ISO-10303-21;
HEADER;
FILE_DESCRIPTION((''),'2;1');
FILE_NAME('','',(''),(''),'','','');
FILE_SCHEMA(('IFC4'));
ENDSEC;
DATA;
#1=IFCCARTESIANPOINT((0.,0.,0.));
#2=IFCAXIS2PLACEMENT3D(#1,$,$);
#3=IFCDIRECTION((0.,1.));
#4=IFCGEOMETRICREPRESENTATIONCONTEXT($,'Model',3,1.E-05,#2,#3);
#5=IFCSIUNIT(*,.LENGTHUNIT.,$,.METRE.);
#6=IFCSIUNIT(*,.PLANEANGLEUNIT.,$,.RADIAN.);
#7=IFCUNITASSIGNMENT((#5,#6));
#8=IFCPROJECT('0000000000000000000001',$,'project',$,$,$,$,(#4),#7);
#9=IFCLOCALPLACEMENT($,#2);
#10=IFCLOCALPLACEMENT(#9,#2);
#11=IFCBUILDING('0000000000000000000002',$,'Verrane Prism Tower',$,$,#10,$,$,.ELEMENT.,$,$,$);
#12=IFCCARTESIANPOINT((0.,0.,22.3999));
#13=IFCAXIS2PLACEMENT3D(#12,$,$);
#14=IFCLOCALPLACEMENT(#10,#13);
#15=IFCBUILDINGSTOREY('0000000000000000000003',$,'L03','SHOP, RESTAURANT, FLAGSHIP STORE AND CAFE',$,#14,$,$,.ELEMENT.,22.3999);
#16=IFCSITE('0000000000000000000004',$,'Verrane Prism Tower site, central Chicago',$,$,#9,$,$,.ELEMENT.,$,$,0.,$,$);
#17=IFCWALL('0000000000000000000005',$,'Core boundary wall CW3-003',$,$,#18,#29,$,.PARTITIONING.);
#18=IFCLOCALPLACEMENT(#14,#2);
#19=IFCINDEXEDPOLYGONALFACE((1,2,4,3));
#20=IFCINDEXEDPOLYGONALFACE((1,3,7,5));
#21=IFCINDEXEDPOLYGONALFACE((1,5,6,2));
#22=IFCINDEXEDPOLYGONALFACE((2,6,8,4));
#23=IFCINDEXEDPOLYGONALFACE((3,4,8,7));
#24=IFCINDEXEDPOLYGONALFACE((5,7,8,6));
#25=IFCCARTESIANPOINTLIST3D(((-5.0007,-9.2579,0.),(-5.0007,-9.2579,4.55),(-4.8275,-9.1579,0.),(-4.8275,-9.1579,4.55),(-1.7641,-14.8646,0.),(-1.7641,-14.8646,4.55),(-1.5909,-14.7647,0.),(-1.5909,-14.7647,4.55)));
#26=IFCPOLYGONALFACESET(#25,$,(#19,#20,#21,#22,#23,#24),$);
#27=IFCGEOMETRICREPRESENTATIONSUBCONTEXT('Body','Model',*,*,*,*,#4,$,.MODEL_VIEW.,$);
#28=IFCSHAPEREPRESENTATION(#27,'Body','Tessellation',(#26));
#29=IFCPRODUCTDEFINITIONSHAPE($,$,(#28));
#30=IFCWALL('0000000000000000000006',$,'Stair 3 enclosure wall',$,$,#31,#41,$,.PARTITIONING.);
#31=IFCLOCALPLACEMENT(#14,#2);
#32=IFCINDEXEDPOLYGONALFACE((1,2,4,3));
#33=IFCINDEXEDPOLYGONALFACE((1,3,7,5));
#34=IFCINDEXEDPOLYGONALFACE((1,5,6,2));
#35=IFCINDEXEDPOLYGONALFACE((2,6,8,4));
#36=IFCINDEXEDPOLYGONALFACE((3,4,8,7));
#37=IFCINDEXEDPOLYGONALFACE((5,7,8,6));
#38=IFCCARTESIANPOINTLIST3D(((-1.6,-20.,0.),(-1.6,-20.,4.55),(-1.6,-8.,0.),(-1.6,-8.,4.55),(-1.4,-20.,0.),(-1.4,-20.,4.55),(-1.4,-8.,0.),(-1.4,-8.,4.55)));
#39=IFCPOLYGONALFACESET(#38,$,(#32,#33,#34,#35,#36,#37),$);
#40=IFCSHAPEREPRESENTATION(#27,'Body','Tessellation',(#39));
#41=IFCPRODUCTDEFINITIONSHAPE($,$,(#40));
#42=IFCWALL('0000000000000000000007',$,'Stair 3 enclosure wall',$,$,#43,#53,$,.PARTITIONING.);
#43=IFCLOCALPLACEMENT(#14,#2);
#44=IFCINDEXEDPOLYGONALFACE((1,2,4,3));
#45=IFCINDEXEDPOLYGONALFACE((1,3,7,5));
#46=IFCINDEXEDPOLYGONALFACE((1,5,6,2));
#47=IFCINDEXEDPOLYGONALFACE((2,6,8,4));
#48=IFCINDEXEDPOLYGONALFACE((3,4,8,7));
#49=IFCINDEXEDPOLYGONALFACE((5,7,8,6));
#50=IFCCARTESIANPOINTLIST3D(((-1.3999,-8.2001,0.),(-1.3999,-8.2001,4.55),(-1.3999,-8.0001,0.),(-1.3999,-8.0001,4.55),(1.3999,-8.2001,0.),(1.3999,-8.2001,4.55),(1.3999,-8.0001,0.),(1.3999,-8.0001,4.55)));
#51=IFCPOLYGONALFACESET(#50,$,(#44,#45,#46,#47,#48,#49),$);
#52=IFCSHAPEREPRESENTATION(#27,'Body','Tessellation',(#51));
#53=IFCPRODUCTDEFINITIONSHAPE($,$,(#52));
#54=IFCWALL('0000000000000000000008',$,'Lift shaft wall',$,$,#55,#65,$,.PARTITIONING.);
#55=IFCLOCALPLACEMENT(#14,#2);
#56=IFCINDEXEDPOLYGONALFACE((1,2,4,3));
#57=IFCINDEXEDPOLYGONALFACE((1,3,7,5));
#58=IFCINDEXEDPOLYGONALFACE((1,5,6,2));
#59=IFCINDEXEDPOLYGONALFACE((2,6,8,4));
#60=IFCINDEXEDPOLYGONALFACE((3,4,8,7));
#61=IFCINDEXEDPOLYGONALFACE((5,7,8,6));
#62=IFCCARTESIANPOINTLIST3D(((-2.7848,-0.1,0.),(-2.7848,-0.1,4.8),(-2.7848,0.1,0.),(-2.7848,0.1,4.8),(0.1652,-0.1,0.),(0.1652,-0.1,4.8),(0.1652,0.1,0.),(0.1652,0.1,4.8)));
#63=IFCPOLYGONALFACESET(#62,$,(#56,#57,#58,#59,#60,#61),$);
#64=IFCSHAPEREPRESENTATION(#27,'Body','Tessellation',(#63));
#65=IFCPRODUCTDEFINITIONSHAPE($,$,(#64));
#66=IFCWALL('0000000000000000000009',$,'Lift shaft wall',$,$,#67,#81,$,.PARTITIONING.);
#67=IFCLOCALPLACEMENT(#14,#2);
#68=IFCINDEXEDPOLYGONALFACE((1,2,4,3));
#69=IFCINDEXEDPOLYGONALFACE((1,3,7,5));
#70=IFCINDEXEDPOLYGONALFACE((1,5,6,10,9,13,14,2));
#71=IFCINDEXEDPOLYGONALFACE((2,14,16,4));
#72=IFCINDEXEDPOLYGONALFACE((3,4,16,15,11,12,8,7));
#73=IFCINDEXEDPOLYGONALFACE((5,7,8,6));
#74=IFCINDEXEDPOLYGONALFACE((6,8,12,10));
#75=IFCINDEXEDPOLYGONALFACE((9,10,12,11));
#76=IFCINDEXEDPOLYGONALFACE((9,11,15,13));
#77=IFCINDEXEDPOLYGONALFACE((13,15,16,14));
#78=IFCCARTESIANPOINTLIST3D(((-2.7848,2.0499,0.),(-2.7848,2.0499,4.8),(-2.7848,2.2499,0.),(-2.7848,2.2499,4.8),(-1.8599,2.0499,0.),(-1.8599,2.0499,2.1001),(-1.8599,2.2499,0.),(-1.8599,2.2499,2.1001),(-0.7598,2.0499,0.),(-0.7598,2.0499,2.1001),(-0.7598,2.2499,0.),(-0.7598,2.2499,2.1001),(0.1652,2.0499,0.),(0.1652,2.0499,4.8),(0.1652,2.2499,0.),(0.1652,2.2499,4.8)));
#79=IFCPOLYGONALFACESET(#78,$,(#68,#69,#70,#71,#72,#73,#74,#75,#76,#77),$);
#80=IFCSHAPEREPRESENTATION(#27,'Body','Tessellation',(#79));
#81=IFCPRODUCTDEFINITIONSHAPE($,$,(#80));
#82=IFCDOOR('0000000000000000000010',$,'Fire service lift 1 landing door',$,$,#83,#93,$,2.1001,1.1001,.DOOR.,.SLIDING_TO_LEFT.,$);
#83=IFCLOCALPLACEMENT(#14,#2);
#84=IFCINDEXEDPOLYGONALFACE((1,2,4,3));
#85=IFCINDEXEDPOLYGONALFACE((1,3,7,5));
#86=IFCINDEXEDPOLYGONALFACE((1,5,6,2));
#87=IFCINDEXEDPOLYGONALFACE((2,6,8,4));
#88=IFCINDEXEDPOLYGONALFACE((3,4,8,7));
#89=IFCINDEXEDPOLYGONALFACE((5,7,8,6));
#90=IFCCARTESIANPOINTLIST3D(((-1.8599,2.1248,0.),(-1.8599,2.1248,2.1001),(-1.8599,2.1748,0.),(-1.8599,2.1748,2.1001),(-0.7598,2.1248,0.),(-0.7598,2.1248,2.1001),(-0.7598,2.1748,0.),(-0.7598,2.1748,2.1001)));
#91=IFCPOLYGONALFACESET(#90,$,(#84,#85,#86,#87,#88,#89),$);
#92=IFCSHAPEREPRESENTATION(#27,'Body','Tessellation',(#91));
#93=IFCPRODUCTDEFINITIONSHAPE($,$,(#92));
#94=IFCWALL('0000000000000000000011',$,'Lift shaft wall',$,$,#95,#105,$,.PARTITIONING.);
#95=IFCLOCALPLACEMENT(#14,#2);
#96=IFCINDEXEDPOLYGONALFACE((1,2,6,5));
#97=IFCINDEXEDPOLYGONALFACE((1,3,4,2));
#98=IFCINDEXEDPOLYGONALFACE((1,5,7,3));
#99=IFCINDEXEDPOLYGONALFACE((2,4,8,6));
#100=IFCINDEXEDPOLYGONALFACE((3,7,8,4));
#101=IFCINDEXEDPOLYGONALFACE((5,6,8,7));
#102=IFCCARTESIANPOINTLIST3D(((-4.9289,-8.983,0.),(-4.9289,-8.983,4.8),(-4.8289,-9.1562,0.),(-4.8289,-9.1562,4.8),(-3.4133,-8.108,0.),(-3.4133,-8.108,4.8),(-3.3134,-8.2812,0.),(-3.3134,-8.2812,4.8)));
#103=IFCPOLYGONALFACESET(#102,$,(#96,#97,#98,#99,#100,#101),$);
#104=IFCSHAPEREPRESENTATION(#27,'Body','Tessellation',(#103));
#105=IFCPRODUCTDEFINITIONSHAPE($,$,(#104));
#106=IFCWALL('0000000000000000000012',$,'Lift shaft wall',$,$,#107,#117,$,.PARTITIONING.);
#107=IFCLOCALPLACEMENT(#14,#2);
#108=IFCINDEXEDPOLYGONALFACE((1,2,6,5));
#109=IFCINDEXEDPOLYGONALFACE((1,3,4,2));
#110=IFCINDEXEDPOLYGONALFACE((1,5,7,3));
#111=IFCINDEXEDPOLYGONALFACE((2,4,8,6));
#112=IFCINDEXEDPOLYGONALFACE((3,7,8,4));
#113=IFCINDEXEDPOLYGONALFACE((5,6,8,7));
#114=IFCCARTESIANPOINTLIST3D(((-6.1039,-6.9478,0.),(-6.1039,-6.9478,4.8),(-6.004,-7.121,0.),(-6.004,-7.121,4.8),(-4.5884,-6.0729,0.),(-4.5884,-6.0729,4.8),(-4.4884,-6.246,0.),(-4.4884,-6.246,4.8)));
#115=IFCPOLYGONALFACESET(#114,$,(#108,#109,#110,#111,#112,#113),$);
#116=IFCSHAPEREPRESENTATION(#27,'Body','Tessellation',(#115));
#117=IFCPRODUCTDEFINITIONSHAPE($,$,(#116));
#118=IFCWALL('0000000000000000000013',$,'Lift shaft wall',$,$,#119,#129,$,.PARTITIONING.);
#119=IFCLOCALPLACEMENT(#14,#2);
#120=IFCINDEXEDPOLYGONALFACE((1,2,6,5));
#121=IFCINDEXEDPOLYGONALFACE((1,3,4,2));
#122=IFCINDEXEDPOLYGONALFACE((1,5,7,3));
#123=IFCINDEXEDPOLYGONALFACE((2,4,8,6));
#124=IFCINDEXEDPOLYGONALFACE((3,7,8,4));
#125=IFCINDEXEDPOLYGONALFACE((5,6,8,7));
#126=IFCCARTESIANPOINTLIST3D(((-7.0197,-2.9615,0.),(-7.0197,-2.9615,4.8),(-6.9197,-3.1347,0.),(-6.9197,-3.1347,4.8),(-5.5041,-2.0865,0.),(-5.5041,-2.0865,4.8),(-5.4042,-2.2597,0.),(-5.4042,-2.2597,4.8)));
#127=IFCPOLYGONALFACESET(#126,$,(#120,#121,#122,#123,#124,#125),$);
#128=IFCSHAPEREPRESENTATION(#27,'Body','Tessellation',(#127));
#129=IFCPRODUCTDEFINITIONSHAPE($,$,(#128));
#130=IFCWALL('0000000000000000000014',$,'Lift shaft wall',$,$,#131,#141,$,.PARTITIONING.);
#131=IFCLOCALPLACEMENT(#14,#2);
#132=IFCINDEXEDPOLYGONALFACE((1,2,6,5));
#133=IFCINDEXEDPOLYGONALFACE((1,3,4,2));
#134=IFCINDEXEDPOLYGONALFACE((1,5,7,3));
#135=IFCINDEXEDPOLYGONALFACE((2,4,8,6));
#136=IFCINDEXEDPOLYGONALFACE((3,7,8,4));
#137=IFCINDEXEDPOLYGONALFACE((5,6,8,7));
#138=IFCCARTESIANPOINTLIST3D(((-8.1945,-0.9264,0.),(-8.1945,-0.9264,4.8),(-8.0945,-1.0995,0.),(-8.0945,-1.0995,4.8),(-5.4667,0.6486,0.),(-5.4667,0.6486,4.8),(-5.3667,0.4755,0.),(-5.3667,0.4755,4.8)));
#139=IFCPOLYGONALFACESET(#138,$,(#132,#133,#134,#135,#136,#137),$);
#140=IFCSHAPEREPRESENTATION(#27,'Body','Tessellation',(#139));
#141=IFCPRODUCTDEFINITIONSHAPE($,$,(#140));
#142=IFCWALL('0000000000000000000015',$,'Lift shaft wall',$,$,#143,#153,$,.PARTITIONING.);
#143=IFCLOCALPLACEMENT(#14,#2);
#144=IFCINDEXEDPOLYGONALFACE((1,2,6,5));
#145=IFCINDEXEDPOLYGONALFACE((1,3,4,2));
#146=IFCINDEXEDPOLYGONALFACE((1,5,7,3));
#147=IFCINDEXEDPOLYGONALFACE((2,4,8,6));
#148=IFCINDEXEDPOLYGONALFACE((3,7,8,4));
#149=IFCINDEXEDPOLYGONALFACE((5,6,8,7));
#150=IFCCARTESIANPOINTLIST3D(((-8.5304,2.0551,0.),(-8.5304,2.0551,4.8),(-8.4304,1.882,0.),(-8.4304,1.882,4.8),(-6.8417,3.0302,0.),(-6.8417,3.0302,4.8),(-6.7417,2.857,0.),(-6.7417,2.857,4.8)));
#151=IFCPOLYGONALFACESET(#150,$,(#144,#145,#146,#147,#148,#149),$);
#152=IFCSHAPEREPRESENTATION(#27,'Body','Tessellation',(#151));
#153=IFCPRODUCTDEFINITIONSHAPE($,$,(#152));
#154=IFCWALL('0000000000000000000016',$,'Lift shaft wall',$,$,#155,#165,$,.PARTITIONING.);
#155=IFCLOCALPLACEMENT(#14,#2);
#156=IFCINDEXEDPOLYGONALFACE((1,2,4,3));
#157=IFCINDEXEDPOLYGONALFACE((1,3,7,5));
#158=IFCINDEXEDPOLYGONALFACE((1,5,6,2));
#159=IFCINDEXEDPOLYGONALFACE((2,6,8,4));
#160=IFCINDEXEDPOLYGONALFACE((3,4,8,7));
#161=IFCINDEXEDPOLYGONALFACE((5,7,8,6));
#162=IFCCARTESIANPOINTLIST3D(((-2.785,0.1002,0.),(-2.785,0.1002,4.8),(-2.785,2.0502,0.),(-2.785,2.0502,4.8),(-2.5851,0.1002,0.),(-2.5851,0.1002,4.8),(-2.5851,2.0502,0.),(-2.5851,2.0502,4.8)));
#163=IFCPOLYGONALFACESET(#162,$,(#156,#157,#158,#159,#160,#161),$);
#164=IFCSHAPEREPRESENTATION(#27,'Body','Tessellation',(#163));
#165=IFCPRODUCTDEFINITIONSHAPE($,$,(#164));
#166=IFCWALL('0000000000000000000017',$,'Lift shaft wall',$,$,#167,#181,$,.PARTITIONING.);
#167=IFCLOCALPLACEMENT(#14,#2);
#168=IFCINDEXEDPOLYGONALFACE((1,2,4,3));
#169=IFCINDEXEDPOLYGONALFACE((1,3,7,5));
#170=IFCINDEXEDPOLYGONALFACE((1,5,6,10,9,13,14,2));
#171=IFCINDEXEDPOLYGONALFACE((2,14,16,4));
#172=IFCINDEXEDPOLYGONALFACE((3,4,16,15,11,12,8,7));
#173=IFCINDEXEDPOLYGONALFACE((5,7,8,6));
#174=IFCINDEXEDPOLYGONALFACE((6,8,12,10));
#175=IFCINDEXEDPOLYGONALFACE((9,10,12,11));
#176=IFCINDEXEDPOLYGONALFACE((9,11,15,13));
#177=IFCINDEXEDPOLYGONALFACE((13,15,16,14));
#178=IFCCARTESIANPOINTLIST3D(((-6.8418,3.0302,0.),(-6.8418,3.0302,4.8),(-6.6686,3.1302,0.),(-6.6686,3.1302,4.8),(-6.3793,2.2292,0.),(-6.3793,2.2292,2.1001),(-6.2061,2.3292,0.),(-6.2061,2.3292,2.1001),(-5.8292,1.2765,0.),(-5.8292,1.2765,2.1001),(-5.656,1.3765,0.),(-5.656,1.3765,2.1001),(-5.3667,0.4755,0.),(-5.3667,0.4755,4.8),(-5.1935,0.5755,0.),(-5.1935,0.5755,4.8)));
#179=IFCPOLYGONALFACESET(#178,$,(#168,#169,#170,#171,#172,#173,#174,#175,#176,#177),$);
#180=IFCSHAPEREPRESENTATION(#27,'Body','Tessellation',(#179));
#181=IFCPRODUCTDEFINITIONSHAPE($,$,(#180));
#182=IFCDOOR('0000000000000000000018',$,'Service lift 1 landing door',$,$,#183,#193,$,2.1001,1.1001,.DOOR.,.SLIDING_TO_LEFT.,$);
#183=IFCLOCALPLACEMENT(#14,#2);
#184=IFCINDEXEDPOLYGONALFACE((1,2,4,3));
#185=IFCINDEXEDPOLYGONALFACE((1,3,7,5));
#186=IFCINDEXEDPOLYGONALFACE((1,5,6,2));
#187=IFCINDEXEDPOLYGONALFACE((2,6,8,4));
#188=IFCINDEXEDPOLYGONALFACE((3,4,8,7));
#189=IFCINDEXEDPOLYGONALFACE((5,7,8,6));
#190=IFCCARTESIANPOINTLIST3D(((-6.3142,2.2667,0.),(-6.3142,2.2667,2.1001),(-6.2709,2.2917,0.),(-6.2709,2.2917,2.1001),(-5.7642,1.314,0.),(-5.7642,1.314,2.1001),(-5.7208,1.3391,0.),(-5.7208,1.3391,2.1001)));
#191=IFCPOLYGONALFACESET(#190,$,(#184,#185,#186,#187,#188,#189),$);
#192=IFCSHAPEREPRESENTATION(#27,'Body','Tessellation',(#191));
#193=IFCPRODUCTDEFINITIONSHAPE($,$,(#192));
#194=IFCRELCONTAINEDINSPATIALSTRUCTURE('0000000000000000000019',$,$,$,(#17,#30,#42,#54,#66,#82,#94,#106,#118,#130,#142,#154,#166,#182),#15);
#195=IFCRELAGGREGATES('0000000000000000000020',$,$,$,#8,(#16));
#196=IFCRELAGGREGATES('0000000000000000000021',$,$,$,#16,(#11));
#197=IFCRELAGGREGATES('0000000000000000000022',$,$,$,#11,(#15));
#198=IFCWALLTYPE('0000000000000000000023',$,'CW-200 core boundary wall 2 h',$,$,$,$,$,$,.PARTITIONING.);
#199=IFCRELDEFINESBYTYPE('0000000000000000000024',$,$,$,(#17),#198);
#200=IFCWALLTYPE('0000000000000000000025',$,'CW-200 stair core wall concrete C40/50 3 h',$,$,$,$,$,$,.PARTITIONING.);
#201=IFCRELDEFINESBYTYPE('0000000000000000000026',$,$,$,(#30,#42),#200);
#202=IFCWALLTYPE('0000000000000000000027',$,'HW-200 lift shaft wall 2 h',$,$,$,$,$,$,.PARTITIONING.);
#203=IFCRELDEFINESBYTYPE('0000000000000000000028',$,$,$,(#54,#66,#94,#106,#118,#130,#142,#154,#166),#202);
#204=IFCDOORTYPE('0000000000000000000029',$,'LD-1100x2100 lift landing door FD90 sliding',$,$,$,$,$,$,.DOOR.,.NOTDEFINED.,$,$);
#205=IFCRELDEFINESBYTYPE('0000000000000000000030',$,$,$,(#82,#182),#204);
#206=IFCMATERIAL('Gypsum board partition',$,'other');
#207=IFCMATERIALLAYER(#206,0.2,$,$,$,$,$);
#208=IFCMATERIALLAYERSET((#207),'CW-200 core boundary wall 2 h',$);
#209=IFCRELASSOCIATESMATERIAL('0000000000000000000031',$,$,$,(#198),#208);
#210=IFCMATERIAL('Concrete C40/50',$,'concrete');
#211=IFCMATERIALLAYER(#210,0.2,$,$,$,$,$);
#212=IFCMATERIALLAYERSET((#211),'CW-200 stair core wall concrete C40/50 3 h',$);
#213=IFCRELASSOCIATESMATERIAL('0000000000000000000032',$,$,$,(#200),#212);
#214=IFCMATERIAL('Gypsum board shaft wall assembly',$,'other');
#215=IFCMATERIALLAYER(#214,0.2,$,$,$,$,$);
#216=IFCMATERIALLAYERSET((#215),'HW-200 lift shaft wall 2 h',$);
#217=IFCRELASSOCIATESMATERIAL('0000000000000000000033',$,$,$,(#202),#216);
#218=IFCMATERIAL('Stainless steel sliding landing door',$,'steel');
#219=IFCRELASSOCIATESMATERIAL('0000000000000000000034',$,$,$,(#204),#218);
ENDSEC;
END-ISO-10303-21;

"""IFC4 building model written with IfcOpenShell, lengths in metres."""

from ifc_helpers import new_model, si_unit, direction, frame, frame_2d, origin, place, context, subcontext, project, spatial, rectangle, extrude, material, layer, layer_set, type_object, element, fill, save


model = new_model("IFC4")

# Units and contexts
model_context = context("Model", 3, precision=1e-05, world=origin(), true_north=direction((0.0, 1.0)))
body_context = subcontext(model_context, "Body", "Model", "MODEL_VIEW")
ifc_project = project(units=[si_unit("LENGTHUNIT", "METRE"), si_unit("PLANEANGLEUNIT", "RADIAN")], contexts=[model_context])

# Site, building, storey
site_placement = place(None, origin())
site = spatial("IfcSite", under=ifc_project, at=site_placement, Name="Verrane Prism Tower site, central Chicago", CompositionType="ELEMENT", RefElevation=0.0)
building_placement = place(site_placement, origin())
building = spatial("IfcBuilding", under=site, at=building_placement, Name="Verrane Prism Tower", CompositionType="ELEMENT")
storey_placement = place(building_placement, frame((0.0, 0.0, 22.3999)))
storey = spatial("IfcBuildingStorey", under=building, at=storey_placement, Name="L03", Description="SHOP, RESTAURANT, FLAGSHIP STORE AND CAFE", CompositionType="ELEMENT", Elevation=22.3999)

# Walls
ifc_material_1 = material(Name="Gypsum board partition", Category="other")
ifc_layer_1 = layer(ifc_material_1, 0.2)
ifc_layer_set_1 = layer_set([ifc_layer_1], Name="CW-200 core boundary wall 2 h")
wall_type_1 = type_object("IfcWallType", Name="CW-200 core boundary wall 2 h", PredefinedType="PARTITIONING", material=ifc_layer_set_1)
wall_1_placement = place(storey_placement, frame((-4.9141, -9.208, 0.0), z_axis=(0.0, 0.0, 1.0), x_axis=(0.499948, -0.866056, 0.0)))
element("IfcWall", 1, at=wall_1_placement, inside=storey, type_object=wall_type_1, Name="Core boundary wall CW3-003", PredefinedType="PARTITIONING", context=body_context, shape_type="SweptSolid", body=[
    extrude(rectangle(XDim=6.4739, YDim=0.2, at=frame_2d((3.2368, 0.0))), origin(), (0.0, 0.0, 1.0), 4.55),
])
ifc_material_2 = material(Name="Concrete C40/50", Category="concrete")
ifc_layer_2 = layer(ifc_material_2, 0.2)
ifc_layer_set_2 = layer_set([ifc_layer_2], Name="CW-200 stair core wall concrete C40/50 3 h")
wall_type_2 = type_object("IfcWallType", Name="CW-200 stair core wall concrete C40/50 3 h", PredefinedType="PARTITIONING", material=ifc_layer_set_2)
wall_2_placement = place(storey_placement, frame((-1.5, -8.0, 0.0), z_axis=(0.0, 0.0, 1.0), x_axis=(0.0, -1.0, 0.0)))
element("IfcWall", 2, at=wall_2_placement, inside=storey, type_object=wall_type_2, Name="Stair 3 enclosure wall", PredefinedType="PARTITIONING", context=body_context, shape_type="SweptSolid", body=[
    extrude(rectangle(XDim=12.0, YDim=0.2, at=frame_2d((6.0, 0.0))), origin(), (0.0, 0.0, 1.0), 4.55),
])
wall_3_placement = place(storey_placement, frame((-1.3999, -8.1001, 0.0), z_axis=(0.0, 0.0, 1.0), x_axis=(1.0, 0.0, 0.0)))
element("IfcWall", 3, at=wall_3_placement, inside=storey, type_object=wall_type_2, Name="Stair 3 enclosure wall", PredefinedType="PARTITIONING", context=body_context, shape_type="SweptSolid", body=[
    extrude(rectangle(XDim=2.7998, YDim=0.2, at=frame_2d((1.3999, 0.0))), origin(), (0.0, 0.0, 1.0), 4.55),
])
ifc_material_3 = material(Name="Gypsum board shaft wall assembly", Category="other")
ifc_layer_3 = layer(ifc_material_3, 0.2)
ifc_layer_set_3 = layer_set([ifc_layer_3], Name="HW-200 lift shaft wall 2 h")
wall_type_3 = type_object("IfcWallType", Name="HW-200 lift shaft wall 2 h", PredefinedType="PARTITIONING", material=ifc_layer_set_3)
wall_4_placement = place(storey_placement, frame((-2.7849, 0.0, 0.0), z_axis=(0.0, 0.0, 1.0), x_axis=(1.0, 0.0, 0.0)))
element("IfcWall", 4, at=wall_4_placement, inside=storey, type_object=wall_type_3, Name="Lift shaft wall", PredefinedType="PARTITIONING", context=body_context, shape_type="SweptSolid", body=[
    extrude(rectangle(XDim=2.95, YDim=0.2, at=frame_2d((1.4751, 0.0))), origin(), (0.0, 0.0, 1.0), 4.8),
])

# Wall, opening, door
wall_5_placement = place(storey_placement, frame((-2.7849, 2.1499, 0.0), z_axis=(0.0, 0.0, 1.0), x_axis=(1.0, 0.0, 0.0)))
wall_5 = element("IfcWall", 5, at=wall_5_placement, inside=storey, type_object=wall_type_3, Name="Lift shaft wall", PredefinedType="PARTITIONING", context=body_context, shape_type="SweptSolid", body=[
    extrude(rectangle(XDim=2.95, YDim=0.2, at=frame_2d((1.4751, 0.0))), origin(), (0.0, 0.0, 1.0), 4.8),
])
opening_1_placement = place(wall_5_placement, frame((0.925, 0.0, 0.0)))
opening_1 = element("IfcOpeningElement", 6, at=opening_1_placement, cuts=wall_5, PredefinedType="OPENING", context=body_context, shape_type="SweptSolid", body=[
    extrude(rectangle(XDim=1.1001, YDim=2.1001, at=frame_2d((0.55, 1.05))), frame((0.0, 0.1099, 0.0), z_axis=(0.0, -1.0, 0.0), x_axis=(1.0, 0.0, 0.0)), (0.0, 0.0, 1.0), 0.22),
])
ifc_material_4 = material(Name="Stainless steel sliding landing door", Category="steel")
door_type = type_object("IfcDoorType", Name="LD-1100x2100 lift landing door FD90 sliding", OperationType="NOTDEFINED", PredefinedType="DOOR", material=ifc_material_4)
door_1_placement = place(opening_1_placement, origin())
door_1 = element("IfcDoor", 7, at=door_1_placement, inside=storey, type_object=door_type, Name="Fire service lift 1 landing door", OperationType="SLIDING_TO_LEFT", OverallHeight=2.1001, OverallWidth=1.1001, PredefinedType="DOOR", context=body_context, shape_type="SweptSolid", body=[
    extrude(rectangle(XDim=1.1001, YDim=2.1001, at=frame_2d((0.55, 1.05))), frame((0.0, 0.0249, 0.0), z_axis=(0.0, -1.0, 0.0), x_axis=(1.0, 0.0, 0.0)), (0.0, 0.0, 1.0), 0.05),
])
fill(opening_1, door_1)

# Walls
for number, where, z_axis, x_axis, name in (
    (8, (-4.8789, -9.0696, 0.0), (0.0, 0.0, 1.0), (0.866037, 0.49998, 0.0), "Lift shaft wall"),
    (9, (-6.054, -7.0344, 0.0), (0.0, 0.0, 1.0), (0.866037, 0.49998, 0.0), "Lift shaft wall"),
    (10, (-6.9697, -3.0481, 0.0), (0.0, 0.0, 1.0), (0.866037, 0.49998, 0.0), "Lift shaft wall"),
):
    element("IfcWall", number, at=place(storey_placement, frame(where, z_axis=z_axis, x_axis=x_axis)), inside=storey, type_object=wall_type_3, Name=name, PredefinedType="PARTITIONING", context=body_context, shape_type="SweptSolid", body=[
        extrude(rectangle(XDim=1.75, YDim=0.2, at=frame_2d((0.875, 0.0))), origin(), (0.0, 0.0, 1.0), 4.8),
    ])
wall_6_placement = place(storey_placement, frame((-8.1445, -1.0129, 0.0), z_axis=(0.0, 0.0, 1.0), x_axis=(0.866016, 0.500015, 0.0)))
element("IfcWall", 11, at=wall_6_placement, inside=storey, type_object=wall_type_3, Name="Lift shaft wall", PredefinedType="PARTITIONING", context=body_context, shape_type="SweptSolid", body=[
    extrude(rectangle(XDim=3.1499, YDim=0.2, at=frame_2d((1.575, 0.0))), origin(), (0.0, 0.0, 1.0), 4.8),
])
for number, where, z_axis, x_axis, name in (
    (12, (-8.4805, 1.9685, 0.0), (0.0, 0.0, 1.0), (0.866, 0.500044, 0.0), "Lift shaft wall"),
    (13, (-2.6851, 0.1001, 0.0), (0.0, 0.0, 1.0), (0.0, 1.0, 0.0), "Lift shaft wall"),
):
    element("IfcWall", number, at=place(storey_placement, frame(where, z_axis=z_axis, x_axis=x_axis)), inside=storey, type_object=wall_type_3, Name=name, PredefinedType="PARTITIONING", context=body_context, shape_type="SweptSolid", body=[
        extrude(rectangle(XDim=1.95, YDim=0.2, at=frame_2d((0.9751, 0.0))), origin(), (0.0, 0.0, 1.0), 4.8),
    ])

# Wall, opening, door
wall_7_placement = place(storey_placement, frame((-5.28, 0.5254, 0.0), z_axis=(0.0, 0.0, 1.0), x_axis=(-0.500038, 0.866004, 0.0)))
wall_7 = element("IfcWall", 14, at=wall_7_placement, inside=storey, type_object=wall_type_3, Name="Lift shaft wall", PredefinedType="PARTITIONING", context=body_context, shape_type="SweptSolid", body=[
    extrude(rectangle(XDim=2.95, YDim=0.2, at=frame_2d((1.4751, 0.0))), origin(), (0.0, 0.0, 1.0), 4.8),
])
opening_2_placement = place(wall_7_placement, frame((0.925, 0.0, 0.0)))
opening_2 = element("IfcOpeningElement", 15, at=opening_2_placement, cuts=wall_7, PredefinedType="OPENING", context=body_context, shape_type="SweptSolid", body=[
    extrude(rectangle(XDim=1.1001, YDim=2.1001, at=frame_2d((0.55, 1.05))), frame((0.0, 0.1099, 0.0), z_axis=(0.0, -1.0, 0.0), x_axis=(1.0, 0.0, 0.0)), (0.0, 0.0, 1.0), 0.22),
])
door_2_placement = place(opening_2_placement, origin())
door_2 = element("IfcDoor", 16, at=door_2_placement, inside=storey, type_object=door_type, Name="Service lift 1 landing door", OperationType="SLIDING_TO_LEFT", OverallHeight=2.1001, OverallWidth=1.1001, PredefinedType="DOOR", context=body_context, shape_type="SweptSolid", body=[
    extrude(rectangle(XDim=1.1001, YDim=2.1001, at=frame_2d((0.55, 1.05))), frame((0.0, 0.0249, 0.0), z_axis=(0.0, -1.0, 0.0), x_axis=(1.0, 0.0, 0.0)), (0.0, 0.0, 1.0), 0.05),
])
fill(opening_2, door_2)

save(model, "model.ifc")
